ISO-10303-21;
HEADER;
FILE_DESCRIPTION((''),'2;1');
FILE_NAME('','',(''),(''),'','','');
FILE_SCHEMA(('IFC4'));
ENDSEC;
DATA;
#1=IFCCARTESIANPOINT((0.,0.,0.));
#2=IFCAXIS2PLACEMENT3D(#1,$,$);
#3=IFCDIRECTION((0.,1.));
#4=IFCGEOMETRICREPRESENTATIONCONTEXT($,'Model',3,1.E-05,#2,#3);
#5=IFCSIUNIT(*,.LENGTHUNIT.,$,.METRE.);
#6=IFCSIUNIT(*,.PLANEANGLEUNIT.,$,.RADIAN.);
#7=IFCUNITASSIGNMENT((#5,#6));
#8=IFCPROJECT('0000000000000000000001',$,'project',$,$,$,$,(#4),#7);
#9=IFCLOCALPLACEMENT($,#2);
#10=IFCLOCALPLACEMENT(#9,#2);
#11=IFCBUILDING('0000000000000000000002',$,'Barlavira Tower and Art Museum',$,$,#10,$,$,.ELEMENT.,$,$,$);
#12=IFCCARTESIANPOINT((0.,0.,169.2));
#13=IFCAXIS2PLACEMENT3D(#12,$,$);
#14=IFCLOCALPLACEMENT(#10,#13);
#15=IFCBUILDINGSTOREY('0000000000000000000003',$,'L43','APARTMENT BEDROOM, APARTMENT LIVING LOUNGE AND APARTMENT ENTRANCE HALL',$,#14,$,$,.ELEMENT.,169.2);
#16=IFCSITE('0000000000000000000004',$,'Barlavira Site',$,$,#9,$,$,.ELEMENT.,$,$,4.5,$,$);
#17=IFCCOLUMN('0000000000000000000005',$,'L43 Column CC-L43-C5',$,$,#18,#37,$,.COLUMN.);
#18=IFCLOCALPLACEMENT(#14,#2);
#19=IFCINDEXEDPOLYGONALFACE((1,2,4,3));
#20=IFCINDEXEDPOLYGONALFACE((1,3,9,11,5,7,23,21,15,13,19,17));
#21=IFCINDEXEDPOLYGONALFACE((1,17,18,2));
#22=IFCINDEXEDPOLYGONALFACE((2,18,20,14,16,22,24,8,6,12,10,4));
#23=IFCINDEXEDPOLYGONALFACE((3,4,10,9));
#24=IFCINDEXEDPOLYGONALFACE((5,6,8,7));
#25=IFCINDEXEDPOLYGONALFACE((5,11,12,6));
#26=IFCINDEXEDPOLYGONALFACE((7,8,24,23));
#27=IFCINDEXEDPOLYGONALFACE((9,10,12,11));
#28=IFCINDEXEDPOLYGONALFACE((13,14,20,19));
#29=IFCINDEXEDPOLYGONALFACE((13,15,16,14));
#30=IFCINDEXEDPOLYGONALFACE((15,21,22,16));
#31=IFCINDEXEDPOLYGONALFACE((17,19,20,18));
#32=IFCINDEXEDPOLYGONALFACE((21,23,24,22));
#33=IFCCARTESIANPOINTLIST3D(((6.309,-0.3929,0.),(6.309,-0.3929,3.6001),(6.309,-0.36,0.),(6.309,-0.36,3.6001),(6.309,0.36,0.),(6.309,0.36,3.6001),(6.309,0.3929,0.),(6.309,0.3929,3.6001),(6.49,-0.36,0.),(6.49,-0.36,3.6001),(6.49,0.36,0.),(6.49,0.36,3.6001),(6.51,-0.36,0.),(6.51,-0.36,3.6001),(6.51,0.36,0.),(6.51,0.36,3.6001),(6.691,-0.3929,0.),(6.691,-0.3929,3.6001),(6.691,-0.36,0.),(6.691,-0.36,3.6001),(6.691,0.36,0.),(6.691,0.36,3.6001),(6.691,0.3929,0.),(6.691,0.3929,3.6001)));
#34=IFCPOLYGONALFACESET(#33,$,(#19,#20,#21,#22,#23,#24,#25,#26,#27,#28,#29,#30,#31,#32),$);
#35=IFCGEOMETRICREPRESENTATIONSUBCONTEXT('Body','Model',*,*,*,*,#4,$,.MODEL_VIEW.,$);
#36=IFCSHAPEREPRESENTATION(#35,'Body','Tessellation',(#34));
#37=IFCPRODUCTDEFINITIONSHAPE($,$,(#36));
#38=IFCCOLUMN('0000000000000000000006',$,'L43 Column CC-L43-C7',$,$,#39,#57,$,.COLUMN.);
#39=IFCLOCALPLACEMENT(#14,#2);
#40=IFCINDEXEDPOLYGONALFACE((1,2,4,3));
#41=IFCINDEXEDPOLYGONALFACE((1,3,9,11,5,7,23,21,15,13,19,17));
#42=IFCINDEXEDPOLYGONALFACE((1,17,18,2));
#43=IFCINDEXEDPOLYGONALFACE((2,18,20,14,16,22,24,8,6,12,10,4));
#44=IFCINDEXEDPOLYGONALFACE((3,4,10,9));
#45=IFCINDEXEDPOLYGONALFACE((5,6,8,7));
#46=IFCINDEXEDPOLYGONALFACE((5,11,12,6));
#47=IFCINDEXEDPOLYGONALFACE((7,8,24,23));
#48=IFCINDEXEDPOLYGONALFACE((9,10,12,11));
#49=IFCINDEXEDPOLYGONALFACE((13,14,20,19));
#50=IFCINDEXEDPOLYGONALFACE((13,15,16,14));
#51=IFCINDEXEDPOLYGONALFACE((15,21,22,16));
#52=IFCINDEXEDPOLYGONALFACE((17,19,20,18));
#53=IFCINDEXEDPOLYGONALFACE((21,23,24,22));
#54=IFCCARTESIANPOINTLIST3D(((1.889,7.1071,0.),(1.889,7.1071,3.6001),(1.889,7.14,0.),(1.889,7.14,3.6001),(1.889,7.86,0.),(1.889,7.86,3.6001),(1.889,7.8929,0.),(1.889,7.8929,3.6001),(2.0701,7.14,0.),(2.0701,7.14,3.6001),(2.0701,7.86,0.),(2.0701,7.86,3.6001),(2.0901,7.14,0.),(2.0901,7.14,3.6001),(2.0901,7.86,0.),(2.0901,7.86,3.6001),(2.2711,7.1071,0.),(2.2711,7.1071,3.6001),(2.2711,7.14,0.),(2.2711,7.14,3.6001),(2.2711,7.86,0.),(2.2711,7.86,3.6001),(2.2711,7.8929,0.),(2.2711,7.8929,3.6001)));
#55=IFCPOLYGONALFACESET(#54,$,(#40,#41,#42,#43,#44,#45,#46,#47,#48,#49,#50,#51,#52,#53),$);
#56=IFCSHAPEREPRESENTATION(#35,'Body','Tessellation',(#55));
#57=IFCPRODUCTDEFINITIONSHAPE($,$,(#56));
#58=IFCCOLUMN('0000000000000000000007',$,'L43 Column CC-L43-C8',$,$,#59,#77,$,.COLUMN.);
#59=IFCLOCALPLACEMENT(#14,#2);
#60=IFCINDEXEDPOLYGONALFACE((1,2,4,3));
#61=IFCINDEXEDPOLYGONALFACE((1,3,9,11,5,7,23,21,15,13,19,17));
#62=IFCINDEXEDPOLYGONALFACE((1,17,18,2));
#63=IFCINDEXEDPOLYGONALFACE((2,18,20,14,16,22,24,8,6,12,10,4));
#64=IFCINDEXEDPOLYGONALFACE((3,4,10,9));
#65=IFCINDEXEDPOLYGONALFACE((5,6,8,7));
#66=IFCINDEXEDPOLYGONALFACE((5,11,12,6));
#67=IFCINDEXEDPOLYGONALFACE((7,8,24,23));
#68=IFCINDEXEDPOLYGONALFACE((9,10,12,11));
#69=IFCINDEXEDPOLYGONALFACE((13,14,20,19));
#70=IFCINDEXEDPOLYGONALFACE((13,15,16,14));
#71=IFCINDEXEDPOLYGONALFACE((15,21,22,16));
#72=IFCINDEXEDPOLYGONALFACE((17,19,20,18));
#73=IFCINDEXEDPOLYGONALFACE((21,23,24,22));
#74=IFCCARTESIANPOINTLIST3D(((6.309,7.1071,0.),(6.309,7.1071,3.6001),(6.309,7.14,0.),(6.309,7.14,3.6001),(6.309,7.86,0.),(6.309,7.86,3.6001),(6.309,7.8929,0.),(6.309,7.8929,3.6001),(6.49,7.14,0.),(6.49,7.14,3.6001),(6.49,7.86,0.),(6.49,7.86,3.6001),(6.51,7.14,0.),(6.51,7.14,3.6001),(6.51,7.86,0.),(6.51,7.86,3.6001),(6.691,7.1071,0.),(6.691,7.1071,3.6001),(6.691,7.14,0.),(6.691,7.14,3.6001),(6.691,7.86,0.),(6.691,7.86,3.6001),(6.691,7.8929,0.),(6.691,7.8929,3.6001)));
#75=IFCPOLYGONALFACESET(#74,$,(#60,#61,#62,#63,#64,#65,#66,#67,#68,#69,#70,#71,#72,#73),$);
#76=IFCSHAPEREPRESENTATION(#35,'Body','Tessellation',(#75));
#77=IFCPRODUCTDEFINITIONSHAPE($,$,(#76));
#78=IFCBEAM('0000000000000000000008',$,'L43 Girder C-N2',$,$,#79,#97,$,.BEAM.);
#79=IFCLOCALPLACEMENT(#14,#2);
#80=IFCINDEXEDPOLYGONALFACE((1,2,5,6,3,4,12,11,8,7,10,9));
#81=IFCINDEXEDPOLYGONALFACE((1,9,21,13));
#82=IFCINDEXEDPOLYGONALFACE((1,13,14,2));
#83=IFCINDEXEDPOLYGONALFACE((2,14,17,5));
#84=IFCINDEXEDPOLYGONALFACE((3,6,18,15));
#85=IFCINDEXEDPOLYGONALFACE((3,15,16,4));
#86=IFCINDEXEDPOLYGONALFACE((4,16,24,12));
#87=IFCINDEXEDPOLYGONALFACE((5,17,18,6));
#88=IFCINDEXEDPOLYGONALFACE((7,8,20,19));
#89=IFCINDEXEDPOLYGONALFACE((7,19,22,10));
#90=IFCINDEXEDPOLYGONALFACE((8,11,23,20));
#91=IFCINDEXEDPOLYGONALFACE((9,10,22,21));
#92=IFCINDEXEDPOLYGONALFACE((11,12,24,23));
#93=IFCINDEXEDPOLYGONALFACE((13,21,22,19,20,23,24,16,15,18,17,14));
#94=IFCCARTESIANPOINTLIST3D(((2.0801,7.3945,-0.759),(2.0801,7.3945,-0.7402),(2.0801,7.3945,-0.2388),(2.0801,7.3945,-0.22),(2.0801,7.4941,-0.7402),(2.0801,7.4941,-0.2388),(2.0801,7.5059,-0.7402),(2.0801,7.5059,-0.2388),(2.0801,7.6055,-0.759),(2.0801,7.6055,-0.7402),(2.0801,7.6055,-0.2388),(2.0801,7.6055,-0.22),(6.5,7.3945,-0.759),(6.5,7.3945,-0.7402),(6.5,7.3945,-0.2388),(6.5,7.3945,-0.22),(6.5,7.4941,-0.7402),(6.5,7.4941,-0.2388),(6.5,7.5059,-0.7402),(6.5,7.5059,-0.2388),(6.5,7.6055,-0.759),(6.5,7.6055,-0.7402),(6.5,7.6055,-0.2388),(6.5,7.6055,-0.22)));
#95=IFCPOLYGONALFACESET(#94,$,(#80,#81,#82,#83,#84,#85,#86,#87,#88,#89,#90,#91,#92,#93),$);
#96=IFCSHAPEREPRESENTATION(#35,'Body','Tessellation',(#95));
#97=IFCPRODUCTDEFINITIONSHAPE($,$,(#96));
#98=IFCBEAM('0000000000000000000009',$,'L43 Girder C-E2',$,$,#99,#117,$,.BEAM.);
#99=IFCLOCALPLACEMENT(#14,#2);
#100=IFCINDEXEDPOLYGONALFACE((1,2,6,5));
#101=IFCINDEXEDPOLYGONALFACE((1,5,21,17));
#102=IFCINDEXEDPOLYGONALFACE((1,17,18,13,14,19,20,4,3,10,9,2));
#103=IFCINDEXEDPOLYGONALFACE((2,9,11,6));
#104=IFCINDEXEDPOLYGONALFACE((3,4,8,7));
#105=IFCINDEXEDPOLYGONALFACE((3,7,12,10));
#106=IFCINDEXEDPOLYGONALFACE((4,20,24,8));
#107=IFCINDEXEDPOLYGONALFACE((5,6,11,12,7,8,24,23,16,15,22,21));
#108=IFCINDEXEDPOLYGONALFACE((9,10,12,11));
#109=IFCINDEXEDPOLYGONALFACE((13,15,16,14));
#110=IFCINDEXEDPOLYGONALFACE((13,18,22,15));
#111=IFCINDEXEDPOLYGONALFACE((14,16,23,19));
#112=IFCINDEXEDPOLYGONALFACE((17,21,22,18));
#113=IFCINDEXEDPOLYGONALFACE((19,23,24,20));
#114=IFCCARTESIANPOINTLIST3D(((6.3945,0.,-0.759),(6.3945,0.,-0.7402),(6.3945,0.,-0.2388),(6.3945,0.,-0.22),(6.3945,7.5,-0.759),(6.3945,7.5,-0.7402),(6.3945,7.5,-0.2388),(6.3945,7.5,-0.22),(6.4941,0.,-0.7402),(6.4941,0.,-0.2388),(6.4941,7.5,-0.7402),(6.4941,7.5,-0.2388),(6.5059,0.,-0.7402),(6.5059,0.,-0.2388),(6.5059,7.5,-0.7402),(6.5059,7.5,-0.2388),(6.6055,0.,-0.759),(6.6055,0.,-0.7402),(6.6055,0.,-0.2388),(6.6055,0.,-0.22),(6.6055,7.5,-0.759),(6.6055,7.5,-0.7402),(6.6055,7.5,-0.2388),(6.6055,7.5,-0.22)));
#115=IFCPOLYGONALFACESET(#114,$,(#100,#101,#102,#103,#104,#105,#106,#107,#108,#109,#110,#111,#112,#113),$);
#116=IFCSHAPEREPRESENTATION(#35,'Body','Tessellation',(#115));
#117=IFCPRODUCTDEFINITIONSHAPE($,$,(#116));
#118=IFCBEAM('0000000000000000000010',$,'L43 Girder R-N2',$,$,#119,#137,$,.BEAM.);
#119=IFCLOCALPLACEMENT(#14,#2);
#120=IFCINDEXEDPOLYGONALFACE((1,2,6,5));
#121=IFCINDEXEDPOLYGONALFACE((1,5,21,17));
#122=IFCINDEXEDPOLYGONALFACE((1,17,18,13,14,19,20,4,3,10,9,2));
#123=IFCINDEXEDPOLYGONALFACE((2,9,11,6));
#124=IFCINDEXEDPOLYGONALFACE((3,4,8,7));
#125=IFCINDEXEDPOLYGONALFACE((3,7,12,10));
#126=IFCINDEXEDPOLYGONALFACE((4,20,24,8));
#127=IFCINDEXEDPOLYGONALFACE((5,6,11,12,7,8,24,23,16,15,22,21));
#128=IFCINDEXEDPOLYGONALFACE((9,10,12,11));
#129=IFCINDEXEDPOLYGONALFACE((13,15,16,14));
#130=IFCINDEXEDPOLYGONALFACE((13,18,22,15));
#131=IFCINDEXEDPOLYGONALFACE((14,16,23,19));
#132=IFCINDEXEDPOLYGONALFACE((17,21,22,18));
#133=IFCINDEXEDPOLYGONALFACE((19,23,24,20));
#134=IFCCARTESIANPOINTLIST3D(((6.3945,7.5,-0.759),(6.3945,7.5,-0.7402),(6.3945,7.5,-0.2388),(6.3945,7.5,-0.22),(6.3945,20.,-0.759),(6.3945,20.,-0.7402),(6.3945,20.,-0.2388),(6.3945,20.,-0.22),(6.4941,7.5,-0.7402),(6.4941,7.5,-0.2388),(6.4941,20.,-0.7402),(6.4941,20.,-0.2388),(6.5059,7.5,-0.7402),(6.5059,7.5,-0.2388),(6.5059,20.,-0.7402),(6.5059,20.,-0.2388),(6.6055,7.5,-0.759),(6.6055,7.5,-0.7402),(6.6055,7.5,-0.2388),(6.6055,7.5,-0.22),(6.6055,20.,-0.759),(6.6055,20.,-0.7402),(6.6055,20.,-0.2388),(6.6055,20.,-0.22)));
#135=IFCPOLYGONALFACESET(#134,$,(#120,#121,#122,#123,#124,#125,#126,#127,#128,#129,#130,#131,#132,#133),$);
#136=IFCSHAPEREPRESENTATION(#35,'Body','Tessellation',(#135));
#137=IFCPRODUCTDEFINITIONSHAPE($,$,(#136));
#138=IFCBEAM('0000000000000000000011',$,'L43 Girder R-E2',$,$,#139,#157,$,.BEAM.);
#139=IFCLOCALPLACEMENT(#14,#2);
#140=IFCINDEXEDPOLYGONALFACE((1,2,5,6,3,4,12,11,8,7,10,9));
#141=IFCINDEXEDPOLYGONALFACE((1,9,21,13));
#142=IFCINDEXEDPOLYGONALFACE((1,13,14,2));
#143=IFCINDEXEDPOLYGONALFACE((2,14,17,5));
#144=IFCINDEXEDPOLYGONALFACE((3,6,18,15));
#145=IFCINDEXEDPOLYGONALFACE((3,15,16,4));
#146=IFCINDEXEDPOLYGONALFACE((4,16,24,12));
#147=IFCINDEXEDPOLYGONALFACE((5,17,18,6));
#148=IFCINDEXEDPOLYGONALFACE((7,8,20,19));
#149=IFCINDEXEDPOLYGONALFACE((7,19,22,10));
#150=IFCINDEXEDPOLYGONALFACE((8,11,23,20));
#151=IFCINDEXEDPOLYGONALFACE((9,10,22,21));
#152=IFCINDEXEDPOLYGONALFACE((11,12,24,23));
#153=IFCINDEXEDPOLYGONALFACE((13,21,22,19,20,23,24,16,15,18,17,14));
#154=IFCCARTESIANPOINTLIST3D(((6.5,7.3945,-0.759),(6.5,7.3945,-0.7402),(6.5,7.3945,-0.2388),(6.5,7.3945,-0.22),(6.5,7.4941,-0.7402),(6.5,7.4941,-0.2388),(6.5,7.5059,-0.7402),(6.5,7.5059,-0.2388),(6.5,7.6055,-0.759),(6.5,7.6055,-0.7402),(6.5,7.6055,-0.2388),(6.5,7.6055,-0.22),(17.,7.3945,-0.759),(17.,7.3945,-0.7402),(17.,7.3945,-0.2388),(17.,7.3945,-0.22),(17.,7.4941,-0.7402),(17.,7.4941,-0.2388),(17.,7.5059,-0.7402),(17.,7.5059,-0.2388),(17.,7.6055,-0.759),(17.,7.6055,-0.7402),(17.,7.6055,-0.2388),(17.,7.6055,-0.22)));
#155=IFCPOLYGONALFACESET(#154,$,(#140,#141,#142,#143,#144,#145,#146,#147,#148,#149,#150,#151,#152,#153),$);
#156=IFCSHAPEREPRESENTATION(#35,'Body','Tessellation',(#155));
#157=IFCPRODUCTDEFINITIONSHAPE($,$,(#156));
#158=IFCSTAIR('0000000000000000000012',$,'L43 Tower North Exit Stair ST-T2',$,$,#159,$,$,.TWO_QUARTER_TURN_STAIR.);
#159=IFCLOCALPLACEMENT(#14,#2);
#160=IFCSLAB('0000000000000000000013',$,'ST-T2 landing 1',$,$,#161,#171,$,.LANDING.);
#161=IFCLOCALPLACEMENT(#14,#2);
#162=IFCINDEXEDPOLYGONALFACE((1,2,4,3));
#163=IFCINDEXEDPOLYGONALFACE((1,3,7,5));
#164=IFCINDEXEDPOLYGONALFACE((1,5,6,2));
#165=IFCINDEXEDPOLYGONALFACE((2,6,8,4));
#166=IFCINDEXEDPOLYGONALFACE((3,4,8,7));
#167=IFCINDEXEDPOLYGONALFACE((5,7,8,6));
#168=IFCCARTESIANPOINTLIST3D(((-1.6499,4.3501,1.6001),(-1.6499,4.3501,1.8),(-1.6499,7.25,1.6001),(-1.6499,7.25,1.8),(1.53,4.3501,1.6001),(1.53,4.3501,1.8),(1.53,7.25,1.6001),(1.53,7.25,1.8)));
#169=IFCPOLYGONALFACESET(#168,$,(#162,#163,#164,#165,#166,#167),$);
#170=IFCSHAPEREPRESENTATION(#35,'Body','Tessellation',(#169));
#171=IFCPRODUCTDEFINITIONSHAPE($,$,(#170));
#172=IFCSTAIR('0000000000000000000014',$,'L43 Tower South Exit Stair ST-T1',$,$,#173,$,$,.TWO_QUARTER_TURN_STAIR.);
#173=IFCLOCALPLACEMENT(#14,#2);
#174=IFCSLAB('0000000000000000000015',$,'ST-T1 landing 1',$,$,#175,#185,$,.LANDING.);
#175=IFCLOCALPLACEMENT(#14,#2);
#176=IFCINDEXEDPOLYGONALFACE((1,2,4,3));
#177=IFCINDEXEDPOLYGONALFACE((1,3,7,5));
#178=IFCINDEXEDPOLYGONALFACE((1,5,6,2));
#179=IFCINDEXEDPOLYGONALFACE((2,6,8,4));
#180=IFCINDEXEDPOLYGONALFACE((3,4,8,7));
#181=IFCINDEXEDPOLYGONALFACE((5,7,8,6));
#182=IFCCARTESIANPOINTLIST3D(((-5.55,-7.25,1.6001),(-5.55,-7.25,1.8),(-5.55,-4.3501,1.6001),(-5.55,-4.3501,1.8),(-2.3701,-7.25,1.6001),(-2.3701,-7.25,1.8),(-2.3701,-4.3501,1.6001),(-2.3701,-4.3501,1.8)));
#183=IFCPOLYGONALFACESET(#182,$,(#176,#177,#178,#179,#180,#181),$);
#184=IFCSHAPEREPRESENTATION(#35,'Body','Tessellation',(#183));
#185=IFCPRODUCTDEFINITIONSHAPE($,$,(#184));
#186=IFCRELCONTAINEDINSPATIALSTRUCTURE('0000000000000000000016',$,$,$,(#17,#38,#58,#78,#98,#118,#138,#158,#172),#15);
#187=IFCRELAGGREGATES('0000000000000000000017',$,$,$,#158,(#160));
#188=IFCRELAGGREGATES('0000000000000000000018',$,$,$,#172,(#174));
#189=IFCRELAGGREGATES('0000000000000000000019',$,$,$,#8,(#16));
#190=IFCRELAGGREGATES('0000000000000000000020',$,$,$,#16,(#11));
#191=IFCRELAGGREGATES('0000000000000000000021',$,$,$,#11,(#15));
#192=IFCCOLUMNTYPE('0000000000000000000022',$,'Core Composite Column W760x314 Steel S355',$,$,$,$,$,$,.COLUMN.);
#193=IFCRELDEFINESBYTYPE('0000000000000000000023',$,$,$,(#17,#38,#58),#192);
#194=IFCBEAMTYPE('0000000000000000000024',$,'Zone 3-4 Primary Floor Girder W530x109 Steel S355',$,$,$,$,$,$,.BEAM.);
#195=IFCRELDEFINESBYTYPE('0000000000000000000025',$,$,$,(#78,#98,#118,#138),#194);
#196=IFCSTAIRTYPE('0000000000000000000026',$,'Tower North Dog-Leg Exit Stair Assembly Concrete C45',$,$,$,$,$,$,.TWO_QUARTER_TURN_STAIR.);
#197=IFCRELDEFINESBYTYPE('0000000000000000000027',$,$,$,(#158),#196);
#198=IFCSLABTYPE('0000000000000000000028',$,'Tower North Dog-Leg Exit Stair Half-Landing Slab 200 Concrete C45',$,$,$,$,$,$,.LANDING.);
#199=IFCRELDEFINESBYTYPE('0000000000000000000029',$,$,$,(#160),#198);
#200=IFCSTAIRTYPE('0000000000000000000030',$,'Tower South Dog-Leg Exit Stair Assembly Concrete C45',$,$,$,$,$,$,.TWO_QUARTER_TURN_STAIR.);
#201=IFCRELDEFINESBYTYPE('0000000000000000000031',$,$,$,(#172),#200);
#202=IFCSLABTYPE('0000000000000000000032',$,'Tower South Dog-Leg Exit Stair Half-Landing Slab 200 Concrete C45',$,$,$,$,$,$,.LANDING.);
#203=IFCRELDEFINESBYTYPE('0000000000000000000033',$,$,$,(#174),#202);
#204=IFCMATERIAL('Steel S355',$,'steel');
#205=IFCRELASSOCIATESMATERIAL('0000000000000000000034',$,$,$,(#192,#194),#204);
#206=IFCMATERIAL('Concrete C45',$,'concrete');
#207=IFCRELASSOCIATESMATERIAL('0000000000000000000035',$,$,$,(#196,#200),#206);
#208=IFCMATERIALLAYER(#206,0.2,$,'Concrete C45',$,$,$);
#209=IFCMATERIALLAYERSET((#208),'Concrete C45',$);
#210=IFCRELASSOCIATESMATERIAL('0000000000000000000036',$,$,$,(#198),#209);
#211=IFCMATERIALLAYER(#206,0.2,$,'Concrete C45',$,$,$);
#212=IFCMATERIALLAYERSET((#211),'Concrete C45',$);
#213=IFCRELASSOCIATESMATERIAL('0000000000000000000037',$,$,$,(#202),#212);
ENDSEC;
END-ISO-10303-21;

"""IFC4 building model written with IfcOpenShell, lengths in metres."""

from ifc_helpers import new_model, si_unit, direction, frame, origin, origin_2d, place, context, subcontext, project, spatial, polyline, i_section, outline, extrude, material, layer, layer_set, material_profile, profile_set, type_object, element, aggregate, save


model = new_model("IFC4")

# Units and contexts
model_context = context("Model", 3, precision=1e-05, world=origin(), true_north=direction((0.0, 1.0)))
body_context = subcontext(model_context, "Body", "Model", "MODEL_VIEW")
ifc_project = project(units=[si_unit("LENGTHUNIT", "METRE"), si_unit("PLANEANGLEUNIT", "RADIAN")], contexts=[model_context])

# Site, building, storey
site_placement = place(None, origin())
site = spatial("IfcSite", under=ifc_project, at=site_placement, Name="Barlavira Site", CompositionType="ELEMENT", RefElevation=4.5)
building_placement = place(site_placement, origin())
building = spatial("IfcBuilding", under=site, at=building_placement, Name="Barlavira Tower and Art Museum", CompositionType="ELEMENT")
storey_placement = place(building_placement, frame((0.0, 0.0, 169.2)))
storey = spatial("IfcBuildingStorey", under=building, at=storey_placement, Name="L43", Description="APARTMENT BEDROOM, APARTMENT LIVING LOUNGE AND APARTMENT ENTRANCE HALL", CompositionType="ELEMENT", Elevation=169.2)

# Columns
ifc_material_1 = material(Name="Steel S355", Category="steel")
ifc_material_profile_1 = material_profile(ifc_material_1, i_section(OverallWidth=0.3821, OverallDepth=0.7859, WebThickness=0.02, FlangeThickness=0.033, at=origin_2d()), Name="W760x314.0")
ifc_profile_set_1 = profile_set([ifc_material_profile_1], Name="Steel S355")
column_type = type_object("IfcColumnType", Name="Core Composite Column W760x314 Steel S355", PredefinedType="COLUMN", material=ifc_profile_set_1)
for number, where, z_axis, x_axis, name in (
    (1, (6.5, 0.0, 0.0), (0.0, 0.0, 1.0), (1.0, 0.0, 0.0), "L43 Column CC-L43-C5"),
    (2, (2.0801, 7.5, 0.0), (0.0, 0.0, 1.0), (1.0, 0.0, 0.0), "L43 Column CC-L43-C7"),
    (3, (6.5, 7.5, 0.0), (0.0, 0.0, 1.0), (1.0, 0.0, 0.0), "L43 Column CC-L43-C8"),
):
    element("IfcColumn", number, at=place(storey_placement, frame(where, z_axis=z_axis, x_axis=x_axis)), inside=storey, type_object=column_type, Name=name, PredefinedType="COLUMN", context=body_context, shape_type="SweptSolid", body=[
        extrude(i_section(OverallWidth=0.3821, OverallDepth=0.7859, WebThickness=0.02, FlangeThickness=0.033, at=origin_2d()), origin(), (0.0, 0.0, 1.0), 3.6001),
    ])

# Beams
ifc_material_profile_2 = material_profile(ifc_material_1, i_section(OverallWidth=0.2109, OverallDepth=0.5391, WebThickness=0.0117, FlangeThickness=0.0188, at=origin_2d()), Name="W530x109.0")
ifc_profile_set_2 = profile_set([ifc_material_profile_2], Name="Steel S355")
beam_type = type_object("IfcBeamType", Name="Zone 3-4 Primary Floor Girder W530x109 Steel S355", PredefinedType="BEAM", material=ifc_profile_set_2)
beam_1_placement = place(storey_placement, frame((2.0801, 7.5, -0.4895), z_axis=(1.0, 0.0, 0.0), x_axis=(0.0, 1.0, 0.0)))
element("IfcBeam", 4, at=beam_1_placement, inside=storey, type_object=beam_type, Name="L43 Girder C-N2", PredefinedType="BEAM", context=body_context, shape_type="SweptSolid", body=[
    extrude(i_section(OverallWidth=0.2109, OverallDepth=0.5391, WebThickness=0.0117, FlangeThickness=0.0188, at=origin_2d()), origin(), (0.0, 0.0, 1.0), 4.4199),
])
beam_2_placement = place(storey_placement, frame((6.5, 0.0, -0.4895), z_axis=(0.0, 1.0, 0.0), x_axis=(-1.0, 0.0, 0.0)))
element("IfcBeam", 5, at=beam_2_placement, inside=storey, type_object=beam_type, Name="L43 Girder C-E2", PredefinedType="BEAM", context=body_context, shape_type="SweptSolid", body=[
    extrude(i_section(OverallWidth=0.2109, OverallDepth=0.5391, WebThickness=0.0117, FlangeThickness=0.0188, at=origin_2d()), origin(), (0.0, 0.0, 1.0), 7.5),
])
beam_3_placement = place(storey_placement, frame((6.5, 7.5, -0.4895), z_axis=(0.0, 1.0, 0.0), x_axis=(-1.0, 0.0, 0.0)))
element("IfcBeam", 6, at=beam_3_placement, inside=storey, type_object=beam_type, Name="L43 Girder R-N2", PredefinedType="BEAM", context=body_context, shape_type="SweptSolid", body=[
    extrude(i_section(OverallWidth=0.2109, OverallDepth=0.5391, WebThickness=0.0117, FlangeThickness=0.0188, at=origin_2d()), origin(), (0.0, 0.0, 1.0), 12.5),
])
beam_4_placement = place(storey_placement, frame((6.5, 7.5, -0.4895), z_axis=(1.0, 0.0, 0.0), x_axis=(0.0, 1.0, 0.0)))
element("IfcBeam", 7, at=beam_4_placement, inside=storey, type_object=beam_type, Name="L43 Girder R-E2", PredefinedType="BEAM", context=body_context, shape_type="SweptSolid", body=[
    extrude(i_section(OverallWidth=0.2109, OverallDepth=0.5391, WebThickness=0.0117, FlangeThickness=0.0188, at=origin_2d()), origin(), (0.0, 0.0, 1.0), 10.5),
])

# Stairs, slabs
ifc_material_2 = material(Name="Concrete C45", Category="concrete")
stair_type_1 = type_object("IfcStairType", Name="Tower North Dog-Leg Exit Stair Assembly Concrete C45", PredefinedType="TWO_QUARTER_TURN_STAIR", material=ifc_material_2)
stair_1_placement = place(storey_placement, origin())
stair_1 = element("IfcStair", 8, at=stair_1_placement, inside=storey, type_object=stair_type_1, Name="L43 Tower North Exit Stair ST-T2", PredefinedType="TWO_QUARTER_TURN_STAIR")
ifc_layer_1 = layer(ifc_material_2, 0.2, Name="Concrete C45")
ifc_layer_set_1 = layer_set([ifc_layer_1], Name="Concrete C45")
slab_type_1 = type_object("IfcSlabType", Name="Tower North Dog-Leg Exit Stair Half-Landing Slab 200 Concrete C45", PredefinedType="LANDING", material=ifc_layer_set_1)
slab_1_placement = place(storey_placement, frame((0.0, 0.0, 1.6001)))
slab_1 = element("IfcSlab", 9, at=slab_1_placement, type_object=slab_type_1, Name="ST-T2 landing 1", PredefinedType="LANDING", context=body_context, shape_type="SweptSolid", body=[
    extrude(outline(polyline([(-1.6499, 4.3501), (1.53, 4.3501), (1.53, 7.25), (-1.6499, 7.25), (-1.6499, 4.3501)])), origin(), (0.0, 0.0, 1.0), 0.2),
])
aggregate(stair_1, [slab_1])
stair_type_2 = type_object("IfcStairType", Name="Tower South Dog-Leg Exit Stair Assembly Concrete C45", PredefinedType="TWO_QUARTER_TURN_STAIR", material=ifc_material_2)
stair_2_placement = place(storey_placement, origin())
stair_2 = element("IfcStair", 10, at=stair_2_placement, inside=storey, type_object=stair_type_2, Name="L43 Tower South Exit Stair ST-T1", PredefinedType="TWO_QUARTER_TURN_STAIR")
ifc_layer_2 = layer(ifc_material_2, 0.2, Name="Concrete C45")
ifc_layer_set_2 = layer_set([ifc_layer_2], Name="Concrete C45")
slab_type_2 = type_object("IfcSlabType", Name="Tower South Dog-Leg Exit Stair Half-Landing Slab 200 Concrete C45", PredefinedType="LANDING", material=ifc_layer_set_2)
slab_2_placement = place(storey_placement, frame((0.0, 0.0, 1.6001)))
slab_2 = element("IfcSlab", 11, at=slab_2_placement, type_object=slab_type_2, Name="ST-T1 landing 1", PredefinedType="LANDING", context=body_context, shape_type="SweptSolid", body=[
    extrude(outline(polyline([(-2.3701, -4.3501), (-5.55, -4.3501), (-5.55, -7.25), (-2.3701, -7.25), (-2.3701, -4.3501)])), origin(), (0.0, 0.0, 1.0), 0.2),
])
aggregate(stair_2, [slab_2])

save(model, "model.ifc")
